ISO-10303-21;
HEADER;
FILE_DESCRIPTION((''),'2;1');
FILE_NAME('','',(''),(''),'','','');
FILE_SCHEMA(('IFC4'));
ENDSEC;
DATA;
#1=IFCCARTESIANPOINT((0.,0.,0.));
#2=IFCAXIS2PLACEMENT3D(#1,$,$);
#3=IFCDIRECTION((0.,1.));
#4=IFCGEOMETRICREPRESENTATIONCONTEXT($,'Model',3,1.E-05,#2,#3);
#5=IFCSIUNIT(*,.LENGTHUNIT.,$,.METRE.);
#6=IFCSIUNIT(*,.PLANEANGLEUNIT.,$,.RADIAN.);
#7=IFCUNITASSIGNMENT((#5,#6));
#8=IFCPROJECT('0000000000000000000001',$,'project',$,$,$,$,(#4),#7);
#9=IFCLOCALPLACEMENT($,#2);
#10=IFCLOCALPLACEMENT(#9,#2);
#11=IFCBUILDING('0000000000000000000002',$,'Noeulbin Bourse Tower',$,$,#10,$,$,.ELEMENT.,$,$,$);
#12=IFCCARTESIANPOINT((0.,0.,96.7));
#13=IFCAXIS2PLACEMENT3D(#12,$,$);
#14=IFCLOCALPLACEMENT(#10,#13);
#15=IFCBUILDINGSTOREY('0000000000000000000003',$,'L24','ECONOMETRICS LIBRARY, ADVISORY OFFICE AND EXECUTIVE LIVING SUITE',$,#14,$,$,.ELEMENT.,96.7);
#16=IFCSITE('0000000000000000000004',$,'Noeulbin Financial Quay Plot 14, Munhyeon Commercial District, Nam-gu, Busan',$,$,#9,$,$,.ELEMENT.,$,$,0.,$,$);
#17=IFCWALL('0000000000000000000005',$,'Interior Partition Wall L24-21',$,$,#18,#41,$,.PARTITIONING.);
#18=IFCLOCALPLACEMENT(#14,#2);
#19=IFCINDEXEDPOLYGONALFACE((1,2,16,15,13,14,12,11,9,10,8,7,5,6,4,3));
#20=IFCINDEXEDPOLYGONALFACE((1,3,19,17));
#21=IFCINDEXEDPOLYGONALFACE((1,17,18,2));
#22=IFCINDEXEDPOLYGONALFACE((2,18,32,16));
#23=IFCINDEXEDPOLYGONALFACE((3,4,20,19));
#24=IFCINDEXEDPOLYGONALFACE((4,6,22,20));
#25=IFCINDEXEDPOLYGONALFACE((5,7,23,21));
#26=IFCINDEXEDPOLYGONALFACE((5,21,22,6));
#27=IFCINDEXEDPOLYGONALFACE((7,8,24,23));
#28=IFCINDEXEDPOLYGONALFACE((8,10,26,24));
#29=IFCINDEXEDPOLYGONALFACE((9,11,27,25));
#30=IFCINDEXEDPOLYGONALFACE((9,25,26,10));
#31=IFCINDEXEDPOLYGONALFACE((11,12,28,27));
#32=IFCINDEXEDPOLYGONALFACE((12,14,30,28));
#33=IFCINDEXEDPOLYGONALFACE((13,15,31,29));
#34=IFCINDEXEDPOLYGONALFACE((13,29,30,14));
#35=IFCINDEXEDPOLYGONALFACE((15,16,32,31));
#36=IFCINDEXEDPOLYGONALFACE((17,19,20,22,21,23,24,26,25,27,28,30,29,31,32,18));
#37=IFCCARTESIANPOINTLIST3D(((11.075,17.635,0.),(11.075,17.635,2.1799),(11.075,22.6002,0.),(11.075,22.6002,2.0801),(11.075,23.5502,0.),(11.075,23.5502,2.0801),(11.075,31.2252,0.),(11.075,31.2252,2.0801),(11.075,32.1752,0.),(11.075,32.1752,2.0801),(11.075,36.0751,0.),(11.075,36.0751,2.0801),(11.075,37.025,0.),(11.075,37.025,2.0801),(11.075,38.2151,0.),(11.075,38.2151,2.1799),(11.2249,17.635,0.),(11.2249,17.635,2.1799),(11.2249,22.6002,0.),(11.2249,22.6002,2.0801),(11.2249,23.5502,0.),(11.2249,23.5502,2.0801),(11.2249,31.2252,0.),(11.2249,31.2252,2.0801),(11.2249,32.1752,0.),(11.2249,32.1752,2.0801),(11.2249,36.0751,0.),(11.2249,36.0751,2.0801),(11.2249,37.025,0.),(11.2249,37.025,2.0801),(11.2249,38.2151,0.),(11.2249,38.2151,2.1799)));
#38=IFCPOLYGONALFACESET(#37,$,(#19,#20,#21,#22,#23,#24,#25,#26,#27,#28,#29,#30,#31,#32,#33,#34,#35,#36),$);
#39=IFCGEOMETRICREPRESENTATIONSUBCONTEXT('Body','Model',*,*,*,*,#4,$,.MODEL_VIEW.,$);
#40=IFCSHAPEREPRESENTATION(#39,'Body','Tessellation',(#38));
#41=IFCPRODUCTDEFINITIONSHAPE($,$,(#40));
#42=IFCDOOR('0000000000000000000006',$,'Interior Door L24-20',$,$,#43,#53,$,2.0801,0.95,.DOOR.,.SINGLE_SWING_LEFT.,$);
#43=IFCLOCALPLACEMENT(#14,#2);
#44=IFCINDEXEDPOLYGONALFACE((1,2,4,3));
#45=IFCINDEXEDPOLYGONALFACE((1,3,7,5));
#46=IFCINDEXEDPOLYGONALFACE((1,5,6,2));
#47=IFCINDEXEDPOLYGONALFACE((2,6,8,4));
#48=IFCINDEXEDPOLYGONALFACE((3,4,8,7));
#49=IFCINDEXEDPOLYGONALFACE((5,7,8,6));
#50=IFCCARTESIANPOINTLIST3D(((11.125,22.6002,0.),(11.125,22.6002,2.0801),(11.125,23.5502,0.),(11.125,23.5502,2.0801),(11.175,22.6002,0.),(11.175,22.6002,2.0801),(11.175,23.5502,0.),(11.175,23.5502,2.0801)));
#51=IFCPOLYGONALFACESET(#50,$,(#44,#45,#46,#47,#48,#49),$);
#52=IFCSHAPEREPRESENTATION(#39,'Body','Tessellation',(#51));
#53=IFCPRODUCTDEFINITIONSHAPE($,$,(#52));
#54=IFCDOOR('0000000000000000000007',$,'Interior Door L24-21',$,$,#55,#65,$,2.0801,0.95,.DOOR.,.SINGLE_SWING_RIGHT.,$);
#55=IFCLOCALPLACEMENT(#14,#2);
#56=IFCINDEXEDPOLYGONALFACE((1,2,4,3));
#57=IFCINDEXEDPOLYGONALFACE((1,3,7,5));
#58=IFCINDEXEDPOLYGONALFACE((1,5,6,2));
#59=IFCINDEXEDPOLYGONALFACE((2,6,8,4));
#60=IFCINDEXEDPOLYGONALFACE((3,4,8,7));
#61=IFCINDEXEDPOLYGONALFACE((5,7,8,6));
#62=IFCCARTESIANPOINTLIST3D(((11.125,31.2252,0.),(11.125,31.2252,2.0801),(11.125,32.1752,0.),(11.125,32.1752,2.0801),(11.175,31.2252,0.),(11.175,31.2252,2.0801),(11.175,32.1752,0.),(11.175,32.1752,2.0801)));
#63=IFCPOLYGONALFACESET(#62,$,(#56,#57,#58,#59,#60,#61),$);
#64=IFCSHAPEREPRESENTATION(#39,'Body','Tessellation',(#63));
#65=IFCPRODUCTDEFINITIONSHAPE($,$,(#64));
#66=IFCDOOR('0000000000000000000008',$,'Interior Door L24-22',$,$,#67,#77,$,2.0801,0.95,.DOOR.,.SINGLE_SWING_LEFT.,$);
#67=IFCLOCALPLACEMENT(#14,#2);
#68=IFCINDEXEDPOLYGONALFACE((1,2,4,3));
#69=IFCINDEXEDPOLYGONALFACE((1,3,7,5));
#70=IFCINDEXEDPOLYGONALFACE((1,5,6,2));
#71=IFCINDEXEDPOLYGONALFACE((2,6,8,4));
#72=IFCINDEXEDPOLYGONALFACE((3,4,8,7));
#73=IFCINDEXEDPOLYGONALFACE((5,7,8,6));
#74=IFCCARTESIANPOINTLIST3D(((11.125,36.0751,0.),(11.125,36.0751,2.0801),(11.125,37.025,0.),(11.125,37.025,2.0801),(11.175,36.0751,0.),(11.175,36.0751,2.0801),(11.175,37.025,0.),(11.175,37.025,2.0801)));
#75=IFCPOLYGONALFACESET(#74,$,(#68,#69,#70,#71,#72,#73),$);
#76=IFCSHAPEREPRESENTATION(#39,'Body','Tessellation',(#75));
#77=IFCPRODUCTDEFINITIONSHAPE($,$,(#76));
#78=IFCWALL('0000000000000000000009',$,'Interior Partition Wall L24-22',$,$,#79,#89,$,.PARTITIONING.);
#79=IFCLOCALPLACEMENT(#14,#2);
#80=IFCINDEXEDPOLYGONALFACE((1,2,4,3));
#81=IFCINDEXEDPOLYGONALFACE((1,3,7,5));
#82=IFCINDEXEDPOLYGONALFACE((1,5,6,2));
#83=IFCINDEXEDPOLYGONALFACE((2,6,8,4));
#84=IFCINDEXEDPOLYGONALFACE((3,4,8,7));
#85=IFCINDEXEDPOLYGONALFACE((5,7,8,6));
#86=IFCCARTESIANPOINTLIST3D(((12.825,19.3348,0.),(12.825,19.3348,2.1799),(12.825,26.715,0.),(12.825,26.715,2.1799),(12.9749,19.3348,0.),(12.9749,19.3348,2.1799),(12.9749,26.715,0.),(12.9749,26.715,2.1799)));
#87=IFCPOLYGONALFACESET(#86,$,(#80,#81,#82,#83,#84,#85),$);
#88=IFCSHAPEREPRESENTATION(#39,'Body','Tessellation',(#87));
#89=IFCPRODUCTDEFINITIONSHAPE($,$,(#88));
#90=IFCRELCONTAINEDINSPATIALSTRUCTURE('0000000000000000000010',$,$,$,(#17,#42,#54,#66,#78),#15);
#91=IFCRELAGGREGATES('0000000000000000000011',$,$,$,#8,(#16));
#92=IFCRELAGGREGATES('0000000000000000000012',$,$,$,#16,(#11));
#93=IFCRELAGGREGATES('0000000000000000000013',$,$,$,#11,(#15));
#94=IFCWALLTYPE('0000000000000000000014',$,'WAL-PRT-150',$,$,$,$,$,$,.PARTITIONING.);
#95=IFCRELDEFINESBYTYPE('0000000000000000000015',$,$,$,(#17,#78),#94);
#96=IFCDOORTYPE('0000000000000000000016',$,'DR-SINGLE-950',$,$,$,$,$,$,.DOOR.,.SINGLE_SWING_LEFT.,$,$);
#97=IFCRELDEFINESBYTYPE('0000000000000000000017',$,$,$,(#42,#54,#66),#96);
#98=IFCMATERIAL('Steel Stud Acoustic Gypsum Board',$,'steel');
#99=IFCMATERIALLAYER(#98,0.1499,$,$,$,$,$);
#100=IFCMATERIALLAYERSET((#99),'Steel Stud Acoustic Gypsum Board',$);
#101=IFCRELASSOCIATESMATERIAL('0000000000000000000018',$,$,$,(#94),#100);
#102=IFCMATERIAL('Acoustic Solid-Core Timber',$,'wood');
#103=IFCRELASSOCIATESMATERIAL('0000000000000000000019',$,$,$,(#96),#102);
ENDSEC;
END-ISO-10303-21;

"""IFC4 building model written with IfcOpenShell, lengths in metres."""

from ifc_helpers import new_model, si_unit, direction, frame, frame_2d, origin, place, context, subcontext, project, spatial, rectangle, extrude, material, layer, layer_set, type_object, element, fill, save


model = new_model("IFC4")

# Units and contexts
model_context = context("Model", 3, precision=1e-05, world=origin(), true_north=direction((0.0, 1.0)))
body_context = subcontext(model_context, "Body", "Model", "MODEL_VIEW")
ifc_project = project(units=[si_unit("LENGTHUNIT", "METRE"), si_unit("PLANEANGLEUNIT", "RADIAN")], contexts=[model_context])

# Site, building, storey
site_placement = place(None, origin())
site = spatial("IfcSite", under=ifc_project, at=site_placement, Name="Noeulbin Financial Quay Plot 14, Munhyeon Commercial District, Nam-gu, Busan", CompositionType="ELEMENT", RefElevation=0.0)
building_placement = place(site_placement, origin())
building = spatial("IfcBuilding", under=site, at=building_placement, Name="Noeulbin Bourse Tower", CompositionType="ELEMENT")
storey_placement = place(building_placement, frame((0.0, 0.0, 96.7)))
storey = spatial("IfcBuildingStorey", under=building, at=storey_placement, Name="L24", Description="ECONOMETRICS LIBRARY, ADVISORY OFFICE AND EXECUTIVE LIVING SUITE", CompositionType="ELEMENT", Elevation=96.7)

# Shared definitions
ifc_material_1 = material(Name="Steel Stud Acoustic Gypsum Board", Category="steel")
ifc_layer_1 = layer(ifc_material_1, 0.1499)
ifc_layer_set_1 = layer_set([ifc_layer_1], Name="Steel Stud Acoustic Gypsum Board")
wall_type_1 = type_object("IfcWallType", Name="WAL-PRT-150", PredefinedType="PARTITIONING", material=ifc_layer_set_1)
ifc_material_2 = material(Name="Acoustic Solid-Core Timber", Category="wood")
door_type = type_object("IfcDoorType", Name="DR-SINGLE-950", OperationType="SINGLE_SWING_LEFT", PredefinedType="DOOR", material=ifc_material_2)

# Wall, openings, doors
wall_1_placement = place(storey_placement, frame((11.1499, 17.635, 0.0), z_axis=(0.0, 0.0, 1.0), x_axis=(0.0, 1.0, 0.0)))
wall_1 = element("IfcWall", 1, at=wall_1_placement, inside=storey, type_object=wall_type_1, Name="Interior Partition Wall L24-21", PredefinedType="PARTITIONING", context=body_context, shape_type="SweptSolid", body=[
    extrude(rectangle(XDim=20.5801, YDim=0.1499, at=frame_2d((10.29, 0.0))), origin(), (0.0, 0.0, 1.0), 2.1799),
])
opening_1_placement = place(wall_1_placement, frame((4.9651, 0.0, 0.0)))
opening_1 = element("IfcOpeningElement", 2, at=opening_1_placement, cuts=wall_1, PredefinedType="OPENING", context=body_context, shape_type="SweptSolid", body=[
    extrude(rectangle(XDim=0.95, YDim=2.0801, at=frame_2d((0.4751, 1.04))), frame((0.0, 0.085, 0.0), z_axis=(0.0, -1.0, 0.0), x_axis=(1.0, 0.0, 0.0)), (0.0, 0.0, 1.0), 0.1699),
])
opening_2_placement = place(wall_1_placement, frame((13.5901, 0.0, 0.0)))
opening_2 = element("IfcOpeningElement", 3, at=opening_2_placement, cuts=wall_1, PredefinedType="OPENING", context=body_context, shape_type="SweptSolid", body=[
    extrude(rectangle(XDim=0.95, YDim=2.0801, at=frame_2d((0.4751, 1.04))), frame((0.0, 0.085, 0.0), z_axis=(0.0, -1.0, 0.0), x_axis=(1.0, 0.0, 0.0)), (0.0, 0.0, 1.0), 0.1699),
])
opening_3_placement = place(wall_1_placement, frame((18.4399, 0.0, 0.0)))
opening_3 = element("IfcOpeningElement", 4, at=opening_3_placement, cuts=wall_1, PredefinedType="OPENING", context=body_context, shape_type="SweptSolid", body=[
    extrude(rectangle(XDim=0.95, YDim=2.0801, at=frame_2d((0.4751, 1.04))), frame((0.0, 0.085, 0.0), z_axis=(0.0, -1.0, 0.0), x_axis=(1.0, 0.0, 0.0)), (0.0, 0.0, 1.0), 0.1699),
])
door_1_placement = place(opening_1_placement, origin())
door_1 = element("IfcDoor", 5, at=door_1_placement, inside=storey, type_object=door_type, Name="Interior Door L24-20", OperationType="SINGLE_SWING_LEFT", OverallHeight=2.0801, OverallWidth=0.95, PredefinedType="DOOR", context=body_context, shape_type="SweptSolid", body=[
    extrude(rectangle(XDim=0.95, YDim=2.0801, at=frame_2d((0.4751, 1.04))), frame((0.0, 0.0249, 0.0), z_axis=(0.0, -1.0, 0.0), x_axis=(1.0, 0.0, 0.0)), (0.0, 0.0, 1.0), 0.05),
])
fill(opening_1, door_1)
door_2_placement = place(opening_2_placement, origin())
door_2 = element("IfcDoor", 6, at=door_2_placement, inside=storey, type_object=door_type, Name="Interior Door L24-21", OperationType="SINGLE_SWING_RIGHT", OverallHeight=2.0801, OverallWidth=0.95, PredefinedType="DOOR", context=body_context, shape_type="SweptSolid", body=[
    extrude(rectangle(XDim=0.95, YDim=2.0801, at=frame_2d((0.4751, 1.04))), frame((0.0, 0.0249, 0.0), z_axis=(0.0, -1.0, 0.0), x_axis=(1.0, 0.0, 0.0)), (0.0, 0.0, 1.0), 0.05),
])
fill(opening_2, door_2)
door_3_placement = place(opening_3_placement, origin())
door_3 = element("IfcDoor", 7, at=door_3_placement, inside=storey, type_object=door_type, Name="Interior Door L24-22", OperationType="SINGLE_SWING_LEFT", OverallHeight=2.0801, OverallWidth=0.95, PredefinedType="DOOR", context=body_context, shape_type="SweptSolid", body=[
    extrude(rectangle(XDim=0.95, YDim=2.0801, at=frame_2d((0.4751, 1.04))), frame((0.0, 0.0249, 0.0), z_axis=(0.0, -1.0, 0.0), x_axis=(1.0, 0.0, 0.0)), (0.0, 0.0, 1.0), 0.05),
])
fill(opening_3, door_3)

# Wall
wall_2_placement = place(storey_placement, frame((12.8999, 19.335, 0.0), z_axis=(0.0, 0.0, 1.0), x_axis=(0.0, 1.0, 0.0)))
element("IfcWall", 8, at=wall_2_placement, inside=storey, type_object=wall_type_1, Name="Interior Partition Wall L24-22", PredefinedType="PARTITIONING", context=body_context, shape_type="SweptSolid", body=[
    extrude(rectangle(XDim=7.3801, YDim=0.1499, at=frame_2d((3.6899, 0.0))), origin(), (0.0, 0.0, 1.0), 2.1799),
])

save(model, "model.ifc")
